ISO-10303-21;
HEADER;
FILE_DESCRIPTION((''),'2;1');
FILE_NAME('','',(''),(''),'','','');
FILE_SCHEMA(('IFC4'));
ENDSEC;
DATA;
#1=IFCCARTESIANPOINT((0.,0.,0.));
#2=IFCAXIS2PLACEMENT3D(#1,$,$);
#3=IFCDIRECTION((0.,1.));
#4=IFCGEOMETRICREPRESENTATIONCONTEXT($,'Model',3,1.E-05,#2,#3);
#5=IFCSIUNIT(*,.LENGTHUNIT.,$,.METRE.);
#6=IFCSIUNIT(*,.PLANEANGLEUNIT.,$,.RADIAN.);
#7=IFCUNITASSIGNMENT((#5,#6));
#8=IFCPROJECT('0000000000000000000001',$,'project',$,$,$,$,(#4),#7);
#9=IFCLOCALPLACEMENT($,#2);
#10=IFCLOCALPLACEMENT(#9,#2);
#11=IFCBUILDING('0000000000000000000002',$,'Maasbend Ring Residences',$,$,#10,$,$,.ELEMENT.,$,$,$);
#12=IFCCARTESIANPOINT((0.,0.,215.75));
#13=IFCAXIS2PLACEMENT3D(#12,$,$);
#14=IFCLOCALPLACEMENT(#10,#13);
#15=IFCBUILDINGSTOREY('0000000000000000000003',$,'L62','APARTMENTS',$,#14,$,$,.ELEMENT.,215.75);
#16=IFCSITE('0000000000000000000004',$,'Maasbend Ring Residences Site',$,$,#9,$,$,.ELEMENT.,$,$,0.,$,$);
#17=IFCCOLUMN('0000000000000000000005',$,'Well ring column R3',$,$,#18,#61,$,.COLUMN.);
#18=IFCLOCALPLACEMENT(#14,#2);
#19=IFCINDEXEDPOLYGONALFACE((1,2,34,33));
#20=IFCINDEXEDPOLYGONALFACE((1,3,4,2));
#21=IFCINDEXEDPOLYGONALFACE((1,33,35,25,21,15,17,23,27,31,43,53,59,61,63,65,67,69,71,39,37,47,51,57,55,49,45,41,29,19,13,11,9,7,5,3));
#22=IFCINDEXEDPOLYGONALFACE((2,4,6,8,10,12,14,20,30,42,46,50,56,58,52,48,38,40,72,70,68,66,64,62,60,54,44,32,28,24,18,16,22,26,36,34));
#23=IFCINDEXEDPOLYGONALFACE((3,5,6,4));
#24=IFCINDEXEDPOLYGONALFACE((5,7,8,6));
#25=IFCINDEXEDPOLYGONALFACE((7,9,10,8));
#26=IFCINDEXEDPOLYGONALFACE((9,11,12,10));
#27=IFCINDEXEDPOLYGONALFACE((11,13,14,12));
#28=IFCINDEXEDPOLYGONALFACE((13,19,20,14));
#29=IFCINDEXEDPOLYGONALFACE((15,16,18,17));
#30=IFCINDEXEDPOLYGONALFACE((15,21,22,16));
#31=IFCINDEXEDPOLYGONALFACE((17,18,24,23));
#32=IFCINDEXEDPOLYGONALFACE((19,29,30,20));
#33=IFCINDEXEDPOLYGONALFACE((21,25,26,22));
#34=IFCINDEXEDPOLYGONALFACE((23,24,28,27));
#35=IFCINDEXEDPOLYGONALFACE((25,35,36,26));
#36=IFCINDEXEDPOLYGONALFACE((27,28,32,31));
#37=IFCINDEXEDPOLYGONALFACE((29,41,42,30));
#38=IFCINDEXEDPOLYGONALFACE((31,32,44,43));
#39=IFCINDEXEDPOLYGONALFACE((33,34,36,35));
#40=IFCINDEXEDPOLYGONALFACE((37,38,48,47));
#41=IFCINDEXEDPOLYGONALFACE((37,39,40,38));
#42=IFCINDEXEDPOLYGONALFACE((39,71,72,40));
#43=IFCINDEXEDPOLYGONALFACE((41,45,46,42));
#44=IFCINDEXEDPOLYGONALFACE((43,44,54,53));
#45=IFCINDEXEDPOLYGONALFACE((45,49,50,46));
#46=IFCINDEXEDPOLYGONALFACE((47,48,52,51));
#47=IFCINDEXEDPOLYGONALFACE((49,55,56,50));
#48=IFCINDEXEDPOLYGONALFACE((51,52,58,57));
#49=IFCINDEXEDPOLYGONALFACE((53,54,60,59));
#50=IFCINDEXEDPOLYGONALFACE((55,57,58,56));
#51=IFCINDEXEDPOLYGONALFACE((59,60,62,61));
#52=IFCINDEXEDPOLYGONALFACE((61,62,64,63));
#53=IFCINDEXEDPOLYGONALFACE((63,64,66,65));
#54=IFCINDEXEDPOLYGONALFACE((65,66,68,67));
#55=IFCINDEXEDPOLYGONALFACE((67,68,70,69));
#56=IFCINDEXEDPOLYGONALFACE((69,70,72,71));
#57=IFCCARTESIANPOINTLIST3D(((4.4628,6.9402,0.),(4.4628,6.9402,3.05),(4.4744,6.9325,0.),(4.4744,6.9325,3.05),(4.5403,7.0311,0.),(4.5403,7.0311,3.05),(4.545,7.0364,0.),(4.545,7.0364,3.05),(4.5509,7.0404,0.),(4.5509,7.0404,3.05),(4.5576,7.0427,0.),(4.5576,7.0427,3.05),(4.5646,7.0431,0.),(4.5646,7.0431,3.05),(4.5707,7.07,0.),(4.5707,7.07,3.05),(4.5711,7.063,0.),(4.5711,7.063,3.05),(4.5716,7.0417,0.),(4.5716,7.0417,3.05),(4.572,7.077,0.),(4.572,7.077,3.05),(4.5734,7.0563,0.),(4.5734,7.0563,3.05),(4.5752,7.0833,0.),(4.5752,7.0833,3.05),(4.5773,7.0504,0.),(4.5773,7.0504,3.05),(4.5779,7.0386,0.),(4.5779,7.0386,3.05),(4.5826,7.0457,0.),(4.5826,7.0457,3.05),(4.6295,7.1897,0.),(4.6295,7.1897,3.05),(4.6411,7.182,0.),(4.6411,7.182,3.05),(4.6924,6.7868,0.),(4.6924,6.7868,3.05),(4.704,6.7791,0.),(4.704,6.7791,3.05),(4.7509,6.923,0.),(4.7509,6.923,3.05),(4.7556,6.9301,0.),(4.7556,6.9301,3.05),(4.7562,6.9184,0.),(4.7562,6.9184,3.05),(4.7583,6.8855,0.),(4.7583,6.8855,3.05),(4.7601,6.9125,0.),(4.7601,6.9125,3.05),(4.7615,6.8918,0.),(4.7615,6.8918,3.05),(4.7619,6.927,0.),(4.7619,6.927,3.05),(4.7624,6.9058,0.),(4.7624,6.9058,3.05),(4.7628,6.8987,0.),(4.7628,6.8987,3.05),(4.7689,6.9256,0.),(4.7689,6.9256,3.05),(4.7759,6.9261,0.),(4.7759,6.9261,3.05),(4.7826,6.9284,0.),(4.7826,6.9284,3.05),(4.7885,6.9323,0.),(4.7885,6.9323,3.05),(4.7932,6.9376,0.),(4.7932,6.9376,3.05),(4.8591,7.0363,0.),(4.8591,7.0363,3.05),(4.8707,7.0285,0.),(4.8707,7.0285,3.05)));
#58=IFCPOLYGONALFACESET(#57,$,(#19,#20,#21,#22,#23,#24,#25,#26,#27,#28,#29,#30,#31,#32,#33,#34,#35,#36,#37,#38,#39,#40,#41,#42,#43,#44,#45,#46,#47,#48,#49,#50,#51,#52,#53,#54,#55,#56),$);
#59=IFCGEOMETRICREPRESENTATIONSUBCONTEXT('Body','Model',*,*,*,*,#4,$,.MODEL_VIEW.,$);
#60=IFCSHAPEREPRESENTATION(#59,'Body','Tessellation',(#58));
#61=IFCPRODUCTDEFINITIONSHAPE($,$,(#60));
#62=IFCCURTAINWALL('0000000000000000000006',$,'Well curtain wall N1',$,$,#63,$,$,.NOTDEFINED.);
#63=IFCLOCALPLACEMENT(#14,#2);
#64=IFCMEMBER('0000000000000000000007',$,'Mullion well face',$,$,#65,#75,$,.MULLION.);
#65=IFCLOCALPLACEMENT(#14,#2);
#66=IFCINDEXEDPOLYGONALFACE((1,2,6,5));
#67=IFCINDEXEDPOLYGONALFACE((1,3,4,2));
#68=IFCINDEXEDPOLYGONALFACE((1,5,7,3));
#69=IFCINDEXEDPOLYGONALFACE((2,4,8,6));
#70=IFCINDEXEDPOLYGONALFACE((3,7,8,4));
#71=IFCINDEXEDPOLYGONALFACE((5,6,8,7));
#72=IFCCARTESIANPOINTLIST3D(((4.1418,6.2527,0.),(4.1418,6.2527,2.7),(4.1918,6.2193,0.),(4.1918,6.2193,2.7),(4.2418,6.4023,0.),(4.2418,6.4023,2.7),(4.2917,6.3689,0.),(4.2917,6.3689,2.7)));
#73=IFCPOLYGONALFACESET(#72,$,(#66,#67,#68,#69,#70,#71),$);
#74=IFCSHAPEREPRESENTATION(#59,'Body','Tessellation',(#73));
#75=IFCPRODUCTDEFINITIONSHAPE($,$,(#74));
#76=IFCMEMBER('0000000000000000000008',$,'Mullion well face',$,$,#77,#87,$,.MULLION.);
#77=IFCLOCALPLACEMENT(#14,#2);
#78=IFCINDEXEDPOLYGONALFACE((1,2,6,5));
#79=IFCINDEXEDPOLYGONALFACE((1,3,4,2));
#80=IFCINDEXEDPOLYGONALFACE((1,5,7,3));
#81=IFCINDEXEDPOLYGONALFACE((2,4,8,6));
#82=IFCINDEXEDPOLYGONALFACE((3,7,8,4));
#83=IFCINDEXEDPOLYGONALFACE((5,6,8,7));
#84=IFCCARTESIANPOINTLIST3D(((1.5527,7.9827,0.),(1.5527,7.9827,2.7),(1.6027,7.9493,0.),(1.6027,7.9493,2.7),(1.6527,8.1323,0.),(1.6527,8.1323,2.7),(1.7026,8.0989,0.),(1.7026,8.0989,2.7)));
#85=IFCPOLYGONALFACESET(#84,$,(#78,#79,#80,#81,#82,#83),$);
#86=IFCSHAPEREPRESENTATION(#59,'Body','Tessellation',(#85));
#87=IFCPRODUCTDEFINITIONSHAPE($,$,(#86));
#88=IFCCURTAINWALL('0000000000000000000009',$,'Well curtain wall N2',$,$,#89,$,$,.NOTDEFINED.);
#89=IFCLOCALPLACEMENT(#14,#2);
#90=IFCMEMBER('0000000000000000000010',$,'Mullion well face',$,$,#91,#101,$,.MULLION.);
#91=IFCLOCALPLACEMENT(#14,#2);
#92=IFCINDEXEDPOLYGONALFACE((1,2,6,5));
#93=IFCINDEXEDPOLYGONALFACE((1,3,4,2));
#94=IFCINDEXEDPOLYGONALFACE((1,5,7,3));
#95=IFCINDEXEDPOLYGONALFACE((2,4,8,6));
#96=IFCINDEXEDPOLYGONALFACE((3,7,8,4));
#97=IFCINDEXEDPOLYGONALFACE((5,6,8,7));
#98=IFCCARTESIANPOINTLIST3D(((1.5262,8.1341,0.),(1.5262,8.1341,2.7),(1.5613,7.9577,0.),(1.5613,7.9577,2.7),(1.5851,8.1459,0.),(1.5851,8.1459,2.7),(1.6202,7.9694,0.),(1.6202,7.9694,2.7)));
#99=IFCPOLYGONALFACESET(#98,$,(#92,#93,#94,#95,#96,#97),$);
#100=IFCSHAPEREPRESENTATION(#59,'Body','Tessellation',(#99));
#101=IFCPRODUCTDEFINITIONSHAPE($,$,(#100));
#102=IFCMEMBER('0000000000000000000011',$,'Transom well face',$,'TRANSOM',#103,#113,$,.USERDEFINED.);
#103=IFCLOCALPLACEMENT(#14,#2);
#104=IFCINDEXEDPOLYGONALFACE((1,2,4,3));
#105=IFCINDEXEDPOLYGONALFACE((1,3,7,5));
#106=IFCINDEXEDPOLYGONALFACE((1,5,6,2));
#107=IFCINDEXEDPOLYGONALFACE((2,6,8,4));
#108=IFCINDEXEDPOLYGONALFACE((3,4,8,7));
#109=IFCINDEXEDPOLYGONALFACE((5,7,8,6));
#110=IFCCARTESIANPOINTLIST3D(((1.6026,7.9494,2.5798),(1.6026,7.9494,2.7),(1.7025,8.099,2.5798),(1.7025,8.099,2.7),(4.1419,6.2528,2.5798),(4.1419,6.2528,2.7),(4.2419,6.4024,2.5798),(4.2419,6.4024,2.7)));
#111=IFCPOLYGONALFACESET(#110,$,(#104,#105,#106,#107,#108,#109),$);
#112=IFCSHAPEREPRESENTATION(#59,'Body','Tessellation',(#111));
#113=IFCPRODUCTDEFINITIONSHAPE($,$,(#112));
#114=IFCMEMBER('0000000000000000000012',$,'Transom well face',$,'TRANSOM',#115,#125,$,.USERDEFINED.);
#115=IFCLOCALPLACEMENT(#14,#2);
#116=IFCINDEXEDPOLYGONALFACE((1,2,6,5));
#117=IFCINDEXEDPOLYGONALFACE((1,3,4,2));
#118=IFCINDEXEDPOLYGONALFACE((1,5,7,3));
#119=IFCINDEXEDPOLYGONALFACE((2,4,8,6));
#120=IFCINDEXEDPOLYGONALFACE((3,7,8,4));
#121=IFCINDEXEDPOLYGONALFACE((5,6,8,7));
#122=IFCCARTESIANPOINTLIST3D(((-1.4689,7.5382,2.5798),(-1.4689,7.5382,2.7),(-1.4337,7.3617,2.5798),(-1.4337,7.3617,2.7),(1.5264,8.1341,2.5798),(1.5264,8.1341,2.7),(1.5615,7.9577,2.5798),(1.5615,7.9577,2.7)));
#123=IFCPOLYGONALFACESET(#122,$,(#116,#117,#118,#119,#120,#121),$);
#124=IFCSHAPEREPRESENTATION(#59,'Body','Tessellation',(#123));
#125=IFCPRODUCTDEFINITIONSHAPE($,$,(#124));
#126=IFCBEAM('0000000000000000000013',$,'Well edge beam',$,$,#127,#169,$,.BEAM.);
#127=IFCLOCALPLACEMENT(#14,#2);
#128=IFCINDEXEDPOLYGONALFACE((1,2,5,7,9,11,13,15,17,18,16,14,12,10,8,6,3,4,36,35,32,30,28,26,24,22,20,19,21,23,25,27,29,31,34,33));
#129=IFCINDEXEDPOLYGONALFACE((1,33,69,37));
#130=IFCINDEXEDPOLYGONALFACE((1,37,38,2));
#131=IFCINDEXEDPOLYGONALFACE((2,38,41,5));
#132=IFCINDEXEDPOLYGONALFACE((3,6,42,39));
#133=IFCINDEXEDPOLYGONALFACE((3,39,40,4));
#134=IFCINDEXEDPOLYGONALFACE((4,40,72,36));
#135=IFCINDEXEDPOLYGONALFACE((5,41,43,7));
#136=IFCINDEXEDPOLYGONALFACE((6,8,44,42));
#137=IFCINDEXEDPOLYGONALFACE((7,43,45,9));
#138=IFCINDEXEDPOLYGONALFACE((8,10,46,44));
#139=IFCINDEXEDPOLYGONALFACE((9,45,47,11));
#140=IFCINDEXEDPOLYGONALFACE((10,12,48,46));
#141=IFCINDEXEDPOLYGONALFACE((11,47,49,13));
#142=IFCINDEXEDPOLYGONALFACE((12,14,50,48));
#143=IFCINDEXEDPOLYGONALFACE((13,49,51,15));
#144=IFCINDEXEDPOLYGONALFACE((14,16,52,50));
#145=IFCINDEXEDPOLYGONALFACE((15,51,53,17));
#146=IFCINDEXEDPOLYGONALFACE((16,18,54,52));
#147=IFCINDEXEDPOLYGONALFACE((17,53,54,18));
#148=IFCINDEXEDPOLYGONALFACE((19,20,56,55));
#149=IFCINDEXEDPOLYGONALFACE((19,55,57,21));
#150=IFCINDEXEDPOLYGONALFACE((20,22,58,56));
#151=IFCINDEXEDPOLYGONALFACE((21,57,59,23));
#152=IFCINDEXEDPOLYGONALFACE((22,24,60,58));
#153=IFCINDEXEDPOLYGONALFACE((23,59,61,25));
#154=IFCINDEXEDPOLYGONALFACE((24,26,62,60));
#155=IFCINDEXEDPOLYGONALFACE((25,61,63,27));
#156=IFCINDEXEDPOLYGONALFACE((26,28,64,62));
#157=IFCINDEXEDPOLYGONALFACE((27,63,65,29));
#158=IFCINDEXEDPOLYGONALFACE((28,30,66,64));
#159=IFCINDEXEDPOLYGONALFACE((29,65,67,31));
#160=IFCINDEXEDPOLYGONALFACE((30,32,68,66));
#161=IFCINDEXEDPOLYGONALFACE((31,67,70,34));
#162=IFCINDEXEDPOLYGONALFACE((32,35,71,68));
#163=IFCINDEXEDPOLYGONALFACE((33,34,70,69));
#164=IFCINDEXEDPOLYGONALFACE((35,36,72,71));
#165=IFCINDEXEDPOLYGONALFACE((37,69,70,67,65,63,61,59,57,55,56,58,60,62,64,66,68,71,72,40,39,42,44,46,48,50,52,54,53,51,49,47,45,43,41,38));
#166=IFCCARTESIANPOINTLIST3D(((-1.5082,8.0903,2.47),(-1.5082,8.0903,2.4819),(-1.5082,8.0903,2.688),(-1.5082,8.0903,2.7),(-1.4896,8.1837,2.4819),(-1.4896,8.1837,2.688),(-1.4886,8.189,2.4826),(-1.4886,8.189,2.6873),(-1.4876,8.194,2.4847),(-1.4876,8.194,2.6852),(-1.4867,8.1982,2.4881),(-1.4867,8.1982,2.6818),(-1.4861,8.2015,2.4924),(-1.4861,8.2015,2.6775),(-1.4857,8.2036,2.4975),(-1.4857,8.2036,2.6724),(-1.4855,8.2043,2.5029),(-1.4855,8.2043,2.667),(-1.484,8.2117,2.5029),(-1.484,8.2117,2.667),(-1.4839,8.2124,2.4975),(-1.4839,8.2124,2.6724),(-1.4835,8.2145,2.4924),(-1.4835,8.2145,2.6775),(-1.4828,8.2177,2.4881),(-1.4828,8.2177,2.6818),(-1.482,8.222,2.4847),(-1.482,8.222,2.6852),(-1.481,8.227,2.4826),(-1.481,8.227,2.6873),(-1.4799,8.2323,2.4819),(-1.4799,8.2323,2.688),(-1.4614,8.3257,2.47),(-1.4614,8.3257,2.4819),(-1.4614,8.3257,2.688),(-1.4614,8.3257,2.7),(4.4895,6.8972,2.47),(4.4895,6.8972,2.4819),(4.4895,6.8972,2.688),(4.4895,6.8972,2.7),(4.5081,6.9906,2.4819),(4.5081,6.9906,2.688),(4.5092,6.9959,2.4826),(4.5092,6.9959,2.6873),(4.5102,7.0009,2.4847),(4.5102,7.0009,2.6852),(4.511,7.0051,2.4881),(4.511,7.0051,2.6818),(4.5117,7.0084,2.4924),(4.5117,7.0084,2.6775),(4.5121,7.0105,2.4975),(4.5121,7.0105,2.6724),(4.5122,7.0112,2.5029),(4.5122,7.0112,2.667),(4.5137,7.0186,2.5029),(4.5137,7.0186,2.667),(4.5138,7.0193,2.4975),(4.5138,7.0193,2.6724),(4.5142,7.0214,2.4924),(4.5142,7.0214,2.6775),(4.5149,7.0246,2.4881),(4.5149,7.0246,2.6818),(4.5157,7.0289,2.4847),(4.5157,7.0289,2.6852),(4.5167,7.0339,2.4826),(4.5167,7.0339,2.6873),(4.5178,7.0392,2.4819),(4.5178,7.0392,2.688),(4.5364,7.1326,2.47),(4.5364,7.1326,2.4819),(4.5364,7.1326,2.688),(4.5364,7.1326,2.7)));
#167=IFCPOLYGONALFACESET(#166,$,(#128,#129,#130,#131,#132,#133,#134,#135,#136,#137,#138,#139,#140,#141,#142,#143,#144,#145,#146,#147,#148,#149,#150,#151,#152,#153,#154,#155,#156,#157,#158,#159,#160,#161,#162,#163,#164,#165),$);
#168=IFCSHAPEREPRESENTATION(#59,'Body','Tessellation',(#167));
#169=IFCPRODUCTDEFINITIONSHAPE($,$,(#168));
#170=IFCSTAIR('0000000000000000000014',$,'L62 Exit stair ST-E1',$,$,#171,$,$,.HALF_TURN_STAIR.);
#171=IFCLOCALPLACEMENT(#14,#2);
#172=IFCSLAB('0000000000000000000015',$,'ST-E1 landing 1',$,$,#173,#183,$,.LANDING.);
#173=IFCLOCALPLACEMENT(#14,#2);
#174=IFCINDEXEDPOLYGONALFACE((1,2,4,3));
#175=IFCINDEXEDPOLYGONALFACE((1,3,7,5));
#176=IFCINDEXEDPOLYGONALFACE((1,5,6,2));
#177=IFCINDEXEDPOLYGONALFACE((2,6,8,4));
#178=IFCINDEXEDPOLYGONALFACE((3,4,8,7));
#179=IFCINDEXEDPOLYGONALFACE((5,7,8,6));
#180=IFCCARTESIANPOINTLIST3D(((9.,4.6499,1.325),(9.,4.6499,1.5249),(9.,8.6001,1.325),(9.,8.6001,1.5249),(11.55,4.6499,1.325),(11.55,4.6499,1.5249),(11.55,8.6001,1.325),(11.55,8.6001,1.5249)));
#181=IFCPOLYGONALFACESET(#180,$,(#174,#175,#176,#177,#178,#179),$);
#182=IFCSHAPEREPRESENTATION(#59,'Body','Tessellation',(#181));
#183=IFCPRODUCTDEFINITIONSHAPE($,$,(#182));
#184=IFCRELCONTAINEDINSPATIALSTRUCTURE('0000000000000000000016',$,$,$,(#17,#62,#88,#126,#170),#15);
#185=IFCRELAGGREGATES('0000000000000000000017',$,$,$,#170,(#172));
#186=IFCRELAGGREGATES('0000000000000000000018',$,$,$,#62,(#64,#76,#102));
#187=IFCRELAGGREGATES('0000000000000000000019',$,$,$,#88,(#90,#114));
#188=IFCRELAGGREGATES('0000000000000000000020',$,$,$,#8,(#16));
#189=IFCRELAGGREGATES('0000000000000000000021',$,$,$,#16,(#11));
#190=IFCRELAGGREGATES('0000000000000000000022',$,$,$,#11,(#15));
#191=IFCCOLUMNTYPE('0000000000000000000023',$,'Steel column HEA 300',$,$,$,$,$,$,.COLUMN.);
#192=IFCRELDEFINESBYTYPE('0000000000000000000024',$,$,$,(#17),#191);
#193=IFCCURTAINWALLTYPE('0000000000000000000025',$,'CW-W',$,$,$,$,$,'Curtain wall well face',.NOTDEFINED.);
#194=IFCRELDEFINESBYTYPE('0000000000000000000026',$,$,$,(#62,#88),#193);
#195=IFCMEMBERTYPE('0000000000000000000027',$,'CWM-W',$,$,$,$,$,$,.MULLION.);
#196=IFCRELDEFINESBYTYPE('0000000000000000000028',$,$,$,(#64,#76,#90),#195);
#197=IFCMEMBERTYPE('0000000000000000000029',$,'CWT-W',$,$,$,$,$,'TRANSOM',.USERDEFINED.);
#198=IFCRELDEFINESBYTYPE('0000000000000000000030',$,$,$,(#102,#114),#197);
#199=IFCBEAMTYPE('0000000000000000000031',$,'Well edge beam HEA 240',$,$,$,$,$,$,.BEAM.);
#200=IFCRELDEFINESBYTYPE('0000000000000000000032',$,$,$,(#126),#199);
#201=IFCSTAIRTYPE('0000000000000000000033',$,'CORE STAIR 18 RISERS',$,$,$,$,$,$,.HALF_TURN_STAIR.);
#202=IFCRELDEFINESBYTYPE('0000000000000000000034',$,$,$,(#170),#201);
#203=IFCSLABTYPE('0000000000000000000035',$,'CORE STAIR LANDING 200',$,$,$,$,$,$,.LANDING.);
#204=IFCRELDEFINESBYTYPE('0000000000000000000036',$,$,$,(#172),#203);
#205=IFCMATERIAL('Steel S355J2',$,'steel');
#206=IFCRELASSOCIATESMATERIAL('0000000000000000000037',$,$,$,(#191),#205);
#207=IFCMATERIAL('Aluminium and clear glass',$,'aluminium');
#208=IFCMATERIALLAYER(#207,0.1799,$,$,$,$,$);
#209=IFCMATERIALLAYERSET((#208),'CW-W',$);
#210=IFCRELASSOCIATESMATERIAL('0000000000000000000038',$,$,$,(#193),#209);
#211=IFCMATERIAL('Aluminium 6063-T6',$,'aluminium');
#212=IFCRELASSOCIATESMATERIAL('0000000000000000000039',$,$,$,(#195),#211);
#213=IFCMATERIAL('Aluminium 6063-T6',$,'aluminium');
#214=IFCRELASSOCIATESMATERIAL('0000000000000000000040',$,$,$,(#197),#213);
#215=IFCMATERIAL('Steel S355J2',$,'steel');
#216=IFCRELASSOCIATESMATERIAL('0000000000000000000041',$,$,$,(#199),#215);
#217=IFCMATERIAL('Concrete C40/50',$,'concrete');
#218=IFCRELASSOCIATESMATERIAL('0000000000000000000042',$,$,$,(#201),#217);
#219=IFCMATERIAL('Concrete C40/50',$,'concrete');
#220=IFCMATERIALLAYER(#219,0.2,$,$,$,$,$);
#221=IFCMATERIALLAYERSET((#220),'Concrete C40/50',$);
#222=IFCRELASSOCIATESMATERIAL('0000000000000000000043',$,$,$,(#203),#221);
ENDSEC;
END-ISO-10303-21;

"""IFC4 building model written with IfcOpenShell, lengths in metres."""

from ifc_helpers import new_model, si_unit, direction, frame, origin, origin_2d, place, context, subcontext, project, spatial, polyline, rectangle, i_section, outline, extrude, material, layer, layer_set, material_profile, profile_set, type_object, element, aggregate, save


model = new_model("IFC4")

# Units and contexts
model_context = context("Model", 3, precision=1e-05, world=origin(), true_north=direction((0.0, 1.0)))
body_context = subcontext(model_context, "Body", "Model", "MODEL_VIEW")
ifc_project = project(units=[si_unit("LENGTHUNIT", "METRE"), si_unit("PLANEANGLEUNIT", "RADIAN")], contexts=[model_context])

# Site, building, storey
site_placement = place(None, origin())
site = spatial("IfcSite", under=ifc_project, at=site_placement, Name="Maasbend Ring Residences Site", CompositionType="ELEMENT", RefElevation=0.0)
building_placement = place(site_placement, origin())
building = spatial("IfcBuilding", under=site, at=building_placement, Name="Maasbend Ring Residences", CompositionType="ELEMENT")
storey_placement = place(building_placement, frame((0.0, 0.0, 215.75)))
storey = spatial("IfcBuildingStorey", under=building, at=storey_placement, Name="L62", Description="APARTMENTS", CompositionType="ELEMENT", Elevation=215.75)

# Column
ifc_material_1 = material(Name="Steel S355J2", Category="steel")
ifc_material_profile_1 = material_profile(ifc_material_1, i_section(OverallWidth=0.3, OverallDepth=0.29, WebThickness=0.0085, FlangeThickness=0.0139, FilletRadius=0.0271, at=origin_2d()), Name="HEA 300")
ifc_profile_set_1 = profile_set([ifc_material_profile_1], Name="Steel S355J2")
column_type = type_object("IfcColumnType", Name="Steel column HEA 300", PredefinedType="COLUMN", material=ifc_profile_set_1)
column_placement = place(storey_placement, frame((4.6667, 6.9844, 0.0), z_axis=(0.0, 0.0, 1.0), x_axis=(0.55557, 0.83147, 0.0)))
element("IfcColumn", 1, at=column_placement, inside=storey, type_object=column_type, Name="Well ring column R3", PredefinedType="COLUMN", context=body_context, shape_type="SweptSolid", body=[
    extrude(i_section(OverallWidth=0.3, OverallDepth=0.29, WebThickness=0.0085, FlangeThickness=0.0139, FilletRadius=0.0271, at=origin_2d()), origin(), (0.0, 0.0, 1.0), 3.05),
])

# Curtain wall, members
ifc_material_2 = material(Name="Aluminium and clear glass", Category="aluminium")
ifc_layer_1 = layer(ifc_material_2, 0.1799)
ifc_layer_set_1 = layer_set([ifc_layer_1], Name="CW-W")
curtain_wall_type = type_object("IfcCurtainWallType", Name="CW-W", ElementType="Curtain wall well face", PredefinedType="NOTDEFINED", material=ifc_layer_set_1)
curtain_wall_1_placement = place(storey_placement, origin())
curtain_wall_1 = element("IfcCurtainWall", 2, at=curtain_wall_1_placement, inside=storey, type_object=curtain_wall_type, Name="Well curtain wall N1", PredefinedType="NOTDEFINED")
ifc_material_3 = material(Name="Aluminium 6063-T6", Category="aluminium")
ifc_material_profile_2 = material_profile(ifc_material_3, rectangle(XDim=0.1799, YDim=0.0601, at=origin_2d()), Name="AL 180x60")
ifc_profile_set_2 = profile_set([ifc_material_profile_2], Name="Aluminium 6063-T6")
member_type_1 = type_object("IfcMemberType", Name="CWM-W", PredefinedType="MULLION", material=ifc_profile_set_2)
member_1_placement = place(storey_placement, frame((4.2168, 6.3108, 0.0), z_axis=(0.0, 0.0, 1.0), x_axis=(-0.55557, -0.83147, 0.0)))
member_1 = element("IfcMember", 3, at=member_1_placement, type_object=member_type_1, Name="Mullion well face", PredefinedType="MULLION", context=body_context, shape_type="SweptSolid", body=[
    extrude(rectangle(XDim=0.1799, YDim=0.0601, at=origin_2d()), origin(), (0.0, 0.0, 1.0), 2.7),
])
member_2_placement = place(storey_placement, frame((1.6277, 8.0408, 0.0), z_axis=(0.0, 0.0, 1.0), x_axis=(-0.55557, -0.83147, 0.0)))
member_2 = element("IfcMember", 4, at=member_2_placement, type_object=member_type_1, Name="Mullion well face", PredefinedType="MULLION", context=body_context, shape_type="SweptSolid", body=[
    extrude(rectangle(XDim=0.1799, YDim=0.0601, at=origin_2d()), origin(), (0.0, 0.0, 1.0), 2.7),
])

# Curtain wall, member
curtain_wall_2_placement = place(storey_placement, origin())
curtain_wall_2 = element("IfcCurtainWall", 5, at=curtain_wall_2_placement, inside=storey, type_object=curtain_wall_type, Name="Well curtain wall N2", PredefinedType="NOTDEFINED")
member_3_placement = place(storey_placement, frame((1.5732, 8.0518, 0.0), z_axis=(0.0, 0.0, 1.0), x_axis=(0.19509, -0.980785, 0.0)))
member_3 = element("IfcMember", 6, at=member_3_placement, type_object=member_type_1, Name="Mullion well face", PredefinedType="MULLION", context=body_context, shape_type="SweptSolid", body=[
    extrude(rectangle(XDim=0.1799, YDim=0.0601, at=origin_2d()), origin(), (0.0, 0.0, 1.0), 2.7),
])

# Members
ifc_material_4 = material(Name="Aluminium 6063-T6", Category="aluminium")
ifc_material_profile_3 = material_profile(ifc_material_4, rectangle(XDim=0.1799, YDim=0.1201, at=origin_2d()), Name="AL 180x120")
ifc_profile_set_3 = profile_set([ifc_material_profile_3], Name="Aluminium 6063-T6")
member_type_2 = type_object("IfcMemberType", Name="CWT-W", ElementType="TRANSOM", PredefinedType="USERDEFINED", material=ifc_profile_set_3)
member_4_placement = place(storey_placement, frame((4.1919, 6.3276, 2.6399), z_axis=(-0.831496, 0.55553, 0.0), x_axis=(-0.55553, -0.831496, 0.0)))
member_4 = element("IfcMember", 7, at=member_4_placement, type_object=member_type_2, Name="Transom well face", ObjectType="TRANSOM", PredefinedType="USERDEFINED", context=body_context, shape_type="SweptSolid", body=[
    extrude(rectangle(XDim=0.1799, YDim=0.1201, at=origin_2d()), origin(), (0.0, 0.0, 1.0), 3.054),
])
member_5_placement = place(storey_placement, frame((1.5439, 8.0459, 2.6399), z_axis=(-0.980777, -0.195132, 0.0), x_axis=(0.195132, -0.980777, 0.0)))
member_5 = element("IfcMember", 8, at=member_5_placement, type_object=member_type_2, Name="Transom well face", ObjectType="TRANSOM", PredefinedType="USERDEFINED", context=body_context, shape_type="SweptSolid", body=[
    extrude(rectangle(XDim=0.1799, YDim=0.1201, at=origin_2d()), origin(), (0.0, 0.0, 1.0), 3.054),
])

# Beam
ifc_material_5 = material(Name="Steel S355J2", Category="steel")
ifc_material_profile_4 = material_profile(ifc_material_5, i_section(OverallWidth=0.24, OverallDepth=0.23, WebThickness=0.0076, FlangeThickness=0.012, FilletRadius=0.021, at=origin_2d()), Name="HEA 240")
ifc_profile_set_4 = profile_set([ifc_material_profile_4], Name="Steel S355J2")
beam_type = type_object("IfcBeamType", Name="Well edge beam HEA 240", PredefinedType="BEAM", material=ifc_profile_set_4)
beam_placement = place(storey_placement, frame((4.5129, 7.0149, 2.585), z_axis=(-0.980783, 0.195103, 0.0), x_axis=(-0.195103, -0.980783, 0.0)))
element("IfcBeam", 9, at=beam_placement, inside=storey, type_object=beam_type, Name="Well edge beam", PredefinedType="BEAM", context=body_context, shape_type="SweptSolid", body=[
    extrude(i_section(OverallWidth=0.24, OverallDepth=0.23, WebThickness=0.0076, FlangeThickness=0.012, FilletRadius=0.021, at=origin_2d()), origin(), (0.0, 0.0, 1.0), 6.1152),
])

# Stair, slab
ifc_material_6 = material(Name="Concrete C40/50", Category="concrete")
stair_type = type_object("IfcStairType", Name="CORE STAIR 18 RISERS", PredefinedType="HALF_TURN_STAIR", material=ifc_material_6)
stair_1_placement = place(storey_placement, origin())
stair_1 = element("IfcStair", 10, at=stair_1_placement, inside=storey, type_object=stair_type, Name="L62 Exit stair ST-E1", PredefinedType="HALF_TURN_STAIR")
ifc_material_7 = material(Name="Concrete C40/50", Category="concrete")
ifc_layer_2 = layer(ifc_material_7, 0.2)
ifc_layer_set_2 = layer_set([ifc_layer_2], Name="Concrete C40/50")
slab_type = type_object("IfcSlabType", Name="CORE STAIR LANDING 200", PredefinedType="LANDING", material=ifc_layer_set_2)
slab_1_placement = place(storey_placement, frame((0.0, 0.0, 1.325)))
slab_1 = element("IfcSlab", 11, at=slab_1_placement, type_object=slab_type, Name="ST-E1 landing 1", PredefinedType="LANDING", context=body_context, shape_type="SweptSolid", body=[
    extrude(outline(polyline([(11.55, 8.6001), (9.0, 8.6001), (9.0, 4.6499), (11.55, 4.6499), (11.55, 8.6001)])), origin(), (0.0, 0.0, 1.0), 0.2),
])
aggregate(stair_1, [slab_1])

aggregate(curtain_wall_1, [member_1, member_2, member_4])
aggregate(curtain_wall_2, [member_3, member_5])

save(model, "model.ifc")
